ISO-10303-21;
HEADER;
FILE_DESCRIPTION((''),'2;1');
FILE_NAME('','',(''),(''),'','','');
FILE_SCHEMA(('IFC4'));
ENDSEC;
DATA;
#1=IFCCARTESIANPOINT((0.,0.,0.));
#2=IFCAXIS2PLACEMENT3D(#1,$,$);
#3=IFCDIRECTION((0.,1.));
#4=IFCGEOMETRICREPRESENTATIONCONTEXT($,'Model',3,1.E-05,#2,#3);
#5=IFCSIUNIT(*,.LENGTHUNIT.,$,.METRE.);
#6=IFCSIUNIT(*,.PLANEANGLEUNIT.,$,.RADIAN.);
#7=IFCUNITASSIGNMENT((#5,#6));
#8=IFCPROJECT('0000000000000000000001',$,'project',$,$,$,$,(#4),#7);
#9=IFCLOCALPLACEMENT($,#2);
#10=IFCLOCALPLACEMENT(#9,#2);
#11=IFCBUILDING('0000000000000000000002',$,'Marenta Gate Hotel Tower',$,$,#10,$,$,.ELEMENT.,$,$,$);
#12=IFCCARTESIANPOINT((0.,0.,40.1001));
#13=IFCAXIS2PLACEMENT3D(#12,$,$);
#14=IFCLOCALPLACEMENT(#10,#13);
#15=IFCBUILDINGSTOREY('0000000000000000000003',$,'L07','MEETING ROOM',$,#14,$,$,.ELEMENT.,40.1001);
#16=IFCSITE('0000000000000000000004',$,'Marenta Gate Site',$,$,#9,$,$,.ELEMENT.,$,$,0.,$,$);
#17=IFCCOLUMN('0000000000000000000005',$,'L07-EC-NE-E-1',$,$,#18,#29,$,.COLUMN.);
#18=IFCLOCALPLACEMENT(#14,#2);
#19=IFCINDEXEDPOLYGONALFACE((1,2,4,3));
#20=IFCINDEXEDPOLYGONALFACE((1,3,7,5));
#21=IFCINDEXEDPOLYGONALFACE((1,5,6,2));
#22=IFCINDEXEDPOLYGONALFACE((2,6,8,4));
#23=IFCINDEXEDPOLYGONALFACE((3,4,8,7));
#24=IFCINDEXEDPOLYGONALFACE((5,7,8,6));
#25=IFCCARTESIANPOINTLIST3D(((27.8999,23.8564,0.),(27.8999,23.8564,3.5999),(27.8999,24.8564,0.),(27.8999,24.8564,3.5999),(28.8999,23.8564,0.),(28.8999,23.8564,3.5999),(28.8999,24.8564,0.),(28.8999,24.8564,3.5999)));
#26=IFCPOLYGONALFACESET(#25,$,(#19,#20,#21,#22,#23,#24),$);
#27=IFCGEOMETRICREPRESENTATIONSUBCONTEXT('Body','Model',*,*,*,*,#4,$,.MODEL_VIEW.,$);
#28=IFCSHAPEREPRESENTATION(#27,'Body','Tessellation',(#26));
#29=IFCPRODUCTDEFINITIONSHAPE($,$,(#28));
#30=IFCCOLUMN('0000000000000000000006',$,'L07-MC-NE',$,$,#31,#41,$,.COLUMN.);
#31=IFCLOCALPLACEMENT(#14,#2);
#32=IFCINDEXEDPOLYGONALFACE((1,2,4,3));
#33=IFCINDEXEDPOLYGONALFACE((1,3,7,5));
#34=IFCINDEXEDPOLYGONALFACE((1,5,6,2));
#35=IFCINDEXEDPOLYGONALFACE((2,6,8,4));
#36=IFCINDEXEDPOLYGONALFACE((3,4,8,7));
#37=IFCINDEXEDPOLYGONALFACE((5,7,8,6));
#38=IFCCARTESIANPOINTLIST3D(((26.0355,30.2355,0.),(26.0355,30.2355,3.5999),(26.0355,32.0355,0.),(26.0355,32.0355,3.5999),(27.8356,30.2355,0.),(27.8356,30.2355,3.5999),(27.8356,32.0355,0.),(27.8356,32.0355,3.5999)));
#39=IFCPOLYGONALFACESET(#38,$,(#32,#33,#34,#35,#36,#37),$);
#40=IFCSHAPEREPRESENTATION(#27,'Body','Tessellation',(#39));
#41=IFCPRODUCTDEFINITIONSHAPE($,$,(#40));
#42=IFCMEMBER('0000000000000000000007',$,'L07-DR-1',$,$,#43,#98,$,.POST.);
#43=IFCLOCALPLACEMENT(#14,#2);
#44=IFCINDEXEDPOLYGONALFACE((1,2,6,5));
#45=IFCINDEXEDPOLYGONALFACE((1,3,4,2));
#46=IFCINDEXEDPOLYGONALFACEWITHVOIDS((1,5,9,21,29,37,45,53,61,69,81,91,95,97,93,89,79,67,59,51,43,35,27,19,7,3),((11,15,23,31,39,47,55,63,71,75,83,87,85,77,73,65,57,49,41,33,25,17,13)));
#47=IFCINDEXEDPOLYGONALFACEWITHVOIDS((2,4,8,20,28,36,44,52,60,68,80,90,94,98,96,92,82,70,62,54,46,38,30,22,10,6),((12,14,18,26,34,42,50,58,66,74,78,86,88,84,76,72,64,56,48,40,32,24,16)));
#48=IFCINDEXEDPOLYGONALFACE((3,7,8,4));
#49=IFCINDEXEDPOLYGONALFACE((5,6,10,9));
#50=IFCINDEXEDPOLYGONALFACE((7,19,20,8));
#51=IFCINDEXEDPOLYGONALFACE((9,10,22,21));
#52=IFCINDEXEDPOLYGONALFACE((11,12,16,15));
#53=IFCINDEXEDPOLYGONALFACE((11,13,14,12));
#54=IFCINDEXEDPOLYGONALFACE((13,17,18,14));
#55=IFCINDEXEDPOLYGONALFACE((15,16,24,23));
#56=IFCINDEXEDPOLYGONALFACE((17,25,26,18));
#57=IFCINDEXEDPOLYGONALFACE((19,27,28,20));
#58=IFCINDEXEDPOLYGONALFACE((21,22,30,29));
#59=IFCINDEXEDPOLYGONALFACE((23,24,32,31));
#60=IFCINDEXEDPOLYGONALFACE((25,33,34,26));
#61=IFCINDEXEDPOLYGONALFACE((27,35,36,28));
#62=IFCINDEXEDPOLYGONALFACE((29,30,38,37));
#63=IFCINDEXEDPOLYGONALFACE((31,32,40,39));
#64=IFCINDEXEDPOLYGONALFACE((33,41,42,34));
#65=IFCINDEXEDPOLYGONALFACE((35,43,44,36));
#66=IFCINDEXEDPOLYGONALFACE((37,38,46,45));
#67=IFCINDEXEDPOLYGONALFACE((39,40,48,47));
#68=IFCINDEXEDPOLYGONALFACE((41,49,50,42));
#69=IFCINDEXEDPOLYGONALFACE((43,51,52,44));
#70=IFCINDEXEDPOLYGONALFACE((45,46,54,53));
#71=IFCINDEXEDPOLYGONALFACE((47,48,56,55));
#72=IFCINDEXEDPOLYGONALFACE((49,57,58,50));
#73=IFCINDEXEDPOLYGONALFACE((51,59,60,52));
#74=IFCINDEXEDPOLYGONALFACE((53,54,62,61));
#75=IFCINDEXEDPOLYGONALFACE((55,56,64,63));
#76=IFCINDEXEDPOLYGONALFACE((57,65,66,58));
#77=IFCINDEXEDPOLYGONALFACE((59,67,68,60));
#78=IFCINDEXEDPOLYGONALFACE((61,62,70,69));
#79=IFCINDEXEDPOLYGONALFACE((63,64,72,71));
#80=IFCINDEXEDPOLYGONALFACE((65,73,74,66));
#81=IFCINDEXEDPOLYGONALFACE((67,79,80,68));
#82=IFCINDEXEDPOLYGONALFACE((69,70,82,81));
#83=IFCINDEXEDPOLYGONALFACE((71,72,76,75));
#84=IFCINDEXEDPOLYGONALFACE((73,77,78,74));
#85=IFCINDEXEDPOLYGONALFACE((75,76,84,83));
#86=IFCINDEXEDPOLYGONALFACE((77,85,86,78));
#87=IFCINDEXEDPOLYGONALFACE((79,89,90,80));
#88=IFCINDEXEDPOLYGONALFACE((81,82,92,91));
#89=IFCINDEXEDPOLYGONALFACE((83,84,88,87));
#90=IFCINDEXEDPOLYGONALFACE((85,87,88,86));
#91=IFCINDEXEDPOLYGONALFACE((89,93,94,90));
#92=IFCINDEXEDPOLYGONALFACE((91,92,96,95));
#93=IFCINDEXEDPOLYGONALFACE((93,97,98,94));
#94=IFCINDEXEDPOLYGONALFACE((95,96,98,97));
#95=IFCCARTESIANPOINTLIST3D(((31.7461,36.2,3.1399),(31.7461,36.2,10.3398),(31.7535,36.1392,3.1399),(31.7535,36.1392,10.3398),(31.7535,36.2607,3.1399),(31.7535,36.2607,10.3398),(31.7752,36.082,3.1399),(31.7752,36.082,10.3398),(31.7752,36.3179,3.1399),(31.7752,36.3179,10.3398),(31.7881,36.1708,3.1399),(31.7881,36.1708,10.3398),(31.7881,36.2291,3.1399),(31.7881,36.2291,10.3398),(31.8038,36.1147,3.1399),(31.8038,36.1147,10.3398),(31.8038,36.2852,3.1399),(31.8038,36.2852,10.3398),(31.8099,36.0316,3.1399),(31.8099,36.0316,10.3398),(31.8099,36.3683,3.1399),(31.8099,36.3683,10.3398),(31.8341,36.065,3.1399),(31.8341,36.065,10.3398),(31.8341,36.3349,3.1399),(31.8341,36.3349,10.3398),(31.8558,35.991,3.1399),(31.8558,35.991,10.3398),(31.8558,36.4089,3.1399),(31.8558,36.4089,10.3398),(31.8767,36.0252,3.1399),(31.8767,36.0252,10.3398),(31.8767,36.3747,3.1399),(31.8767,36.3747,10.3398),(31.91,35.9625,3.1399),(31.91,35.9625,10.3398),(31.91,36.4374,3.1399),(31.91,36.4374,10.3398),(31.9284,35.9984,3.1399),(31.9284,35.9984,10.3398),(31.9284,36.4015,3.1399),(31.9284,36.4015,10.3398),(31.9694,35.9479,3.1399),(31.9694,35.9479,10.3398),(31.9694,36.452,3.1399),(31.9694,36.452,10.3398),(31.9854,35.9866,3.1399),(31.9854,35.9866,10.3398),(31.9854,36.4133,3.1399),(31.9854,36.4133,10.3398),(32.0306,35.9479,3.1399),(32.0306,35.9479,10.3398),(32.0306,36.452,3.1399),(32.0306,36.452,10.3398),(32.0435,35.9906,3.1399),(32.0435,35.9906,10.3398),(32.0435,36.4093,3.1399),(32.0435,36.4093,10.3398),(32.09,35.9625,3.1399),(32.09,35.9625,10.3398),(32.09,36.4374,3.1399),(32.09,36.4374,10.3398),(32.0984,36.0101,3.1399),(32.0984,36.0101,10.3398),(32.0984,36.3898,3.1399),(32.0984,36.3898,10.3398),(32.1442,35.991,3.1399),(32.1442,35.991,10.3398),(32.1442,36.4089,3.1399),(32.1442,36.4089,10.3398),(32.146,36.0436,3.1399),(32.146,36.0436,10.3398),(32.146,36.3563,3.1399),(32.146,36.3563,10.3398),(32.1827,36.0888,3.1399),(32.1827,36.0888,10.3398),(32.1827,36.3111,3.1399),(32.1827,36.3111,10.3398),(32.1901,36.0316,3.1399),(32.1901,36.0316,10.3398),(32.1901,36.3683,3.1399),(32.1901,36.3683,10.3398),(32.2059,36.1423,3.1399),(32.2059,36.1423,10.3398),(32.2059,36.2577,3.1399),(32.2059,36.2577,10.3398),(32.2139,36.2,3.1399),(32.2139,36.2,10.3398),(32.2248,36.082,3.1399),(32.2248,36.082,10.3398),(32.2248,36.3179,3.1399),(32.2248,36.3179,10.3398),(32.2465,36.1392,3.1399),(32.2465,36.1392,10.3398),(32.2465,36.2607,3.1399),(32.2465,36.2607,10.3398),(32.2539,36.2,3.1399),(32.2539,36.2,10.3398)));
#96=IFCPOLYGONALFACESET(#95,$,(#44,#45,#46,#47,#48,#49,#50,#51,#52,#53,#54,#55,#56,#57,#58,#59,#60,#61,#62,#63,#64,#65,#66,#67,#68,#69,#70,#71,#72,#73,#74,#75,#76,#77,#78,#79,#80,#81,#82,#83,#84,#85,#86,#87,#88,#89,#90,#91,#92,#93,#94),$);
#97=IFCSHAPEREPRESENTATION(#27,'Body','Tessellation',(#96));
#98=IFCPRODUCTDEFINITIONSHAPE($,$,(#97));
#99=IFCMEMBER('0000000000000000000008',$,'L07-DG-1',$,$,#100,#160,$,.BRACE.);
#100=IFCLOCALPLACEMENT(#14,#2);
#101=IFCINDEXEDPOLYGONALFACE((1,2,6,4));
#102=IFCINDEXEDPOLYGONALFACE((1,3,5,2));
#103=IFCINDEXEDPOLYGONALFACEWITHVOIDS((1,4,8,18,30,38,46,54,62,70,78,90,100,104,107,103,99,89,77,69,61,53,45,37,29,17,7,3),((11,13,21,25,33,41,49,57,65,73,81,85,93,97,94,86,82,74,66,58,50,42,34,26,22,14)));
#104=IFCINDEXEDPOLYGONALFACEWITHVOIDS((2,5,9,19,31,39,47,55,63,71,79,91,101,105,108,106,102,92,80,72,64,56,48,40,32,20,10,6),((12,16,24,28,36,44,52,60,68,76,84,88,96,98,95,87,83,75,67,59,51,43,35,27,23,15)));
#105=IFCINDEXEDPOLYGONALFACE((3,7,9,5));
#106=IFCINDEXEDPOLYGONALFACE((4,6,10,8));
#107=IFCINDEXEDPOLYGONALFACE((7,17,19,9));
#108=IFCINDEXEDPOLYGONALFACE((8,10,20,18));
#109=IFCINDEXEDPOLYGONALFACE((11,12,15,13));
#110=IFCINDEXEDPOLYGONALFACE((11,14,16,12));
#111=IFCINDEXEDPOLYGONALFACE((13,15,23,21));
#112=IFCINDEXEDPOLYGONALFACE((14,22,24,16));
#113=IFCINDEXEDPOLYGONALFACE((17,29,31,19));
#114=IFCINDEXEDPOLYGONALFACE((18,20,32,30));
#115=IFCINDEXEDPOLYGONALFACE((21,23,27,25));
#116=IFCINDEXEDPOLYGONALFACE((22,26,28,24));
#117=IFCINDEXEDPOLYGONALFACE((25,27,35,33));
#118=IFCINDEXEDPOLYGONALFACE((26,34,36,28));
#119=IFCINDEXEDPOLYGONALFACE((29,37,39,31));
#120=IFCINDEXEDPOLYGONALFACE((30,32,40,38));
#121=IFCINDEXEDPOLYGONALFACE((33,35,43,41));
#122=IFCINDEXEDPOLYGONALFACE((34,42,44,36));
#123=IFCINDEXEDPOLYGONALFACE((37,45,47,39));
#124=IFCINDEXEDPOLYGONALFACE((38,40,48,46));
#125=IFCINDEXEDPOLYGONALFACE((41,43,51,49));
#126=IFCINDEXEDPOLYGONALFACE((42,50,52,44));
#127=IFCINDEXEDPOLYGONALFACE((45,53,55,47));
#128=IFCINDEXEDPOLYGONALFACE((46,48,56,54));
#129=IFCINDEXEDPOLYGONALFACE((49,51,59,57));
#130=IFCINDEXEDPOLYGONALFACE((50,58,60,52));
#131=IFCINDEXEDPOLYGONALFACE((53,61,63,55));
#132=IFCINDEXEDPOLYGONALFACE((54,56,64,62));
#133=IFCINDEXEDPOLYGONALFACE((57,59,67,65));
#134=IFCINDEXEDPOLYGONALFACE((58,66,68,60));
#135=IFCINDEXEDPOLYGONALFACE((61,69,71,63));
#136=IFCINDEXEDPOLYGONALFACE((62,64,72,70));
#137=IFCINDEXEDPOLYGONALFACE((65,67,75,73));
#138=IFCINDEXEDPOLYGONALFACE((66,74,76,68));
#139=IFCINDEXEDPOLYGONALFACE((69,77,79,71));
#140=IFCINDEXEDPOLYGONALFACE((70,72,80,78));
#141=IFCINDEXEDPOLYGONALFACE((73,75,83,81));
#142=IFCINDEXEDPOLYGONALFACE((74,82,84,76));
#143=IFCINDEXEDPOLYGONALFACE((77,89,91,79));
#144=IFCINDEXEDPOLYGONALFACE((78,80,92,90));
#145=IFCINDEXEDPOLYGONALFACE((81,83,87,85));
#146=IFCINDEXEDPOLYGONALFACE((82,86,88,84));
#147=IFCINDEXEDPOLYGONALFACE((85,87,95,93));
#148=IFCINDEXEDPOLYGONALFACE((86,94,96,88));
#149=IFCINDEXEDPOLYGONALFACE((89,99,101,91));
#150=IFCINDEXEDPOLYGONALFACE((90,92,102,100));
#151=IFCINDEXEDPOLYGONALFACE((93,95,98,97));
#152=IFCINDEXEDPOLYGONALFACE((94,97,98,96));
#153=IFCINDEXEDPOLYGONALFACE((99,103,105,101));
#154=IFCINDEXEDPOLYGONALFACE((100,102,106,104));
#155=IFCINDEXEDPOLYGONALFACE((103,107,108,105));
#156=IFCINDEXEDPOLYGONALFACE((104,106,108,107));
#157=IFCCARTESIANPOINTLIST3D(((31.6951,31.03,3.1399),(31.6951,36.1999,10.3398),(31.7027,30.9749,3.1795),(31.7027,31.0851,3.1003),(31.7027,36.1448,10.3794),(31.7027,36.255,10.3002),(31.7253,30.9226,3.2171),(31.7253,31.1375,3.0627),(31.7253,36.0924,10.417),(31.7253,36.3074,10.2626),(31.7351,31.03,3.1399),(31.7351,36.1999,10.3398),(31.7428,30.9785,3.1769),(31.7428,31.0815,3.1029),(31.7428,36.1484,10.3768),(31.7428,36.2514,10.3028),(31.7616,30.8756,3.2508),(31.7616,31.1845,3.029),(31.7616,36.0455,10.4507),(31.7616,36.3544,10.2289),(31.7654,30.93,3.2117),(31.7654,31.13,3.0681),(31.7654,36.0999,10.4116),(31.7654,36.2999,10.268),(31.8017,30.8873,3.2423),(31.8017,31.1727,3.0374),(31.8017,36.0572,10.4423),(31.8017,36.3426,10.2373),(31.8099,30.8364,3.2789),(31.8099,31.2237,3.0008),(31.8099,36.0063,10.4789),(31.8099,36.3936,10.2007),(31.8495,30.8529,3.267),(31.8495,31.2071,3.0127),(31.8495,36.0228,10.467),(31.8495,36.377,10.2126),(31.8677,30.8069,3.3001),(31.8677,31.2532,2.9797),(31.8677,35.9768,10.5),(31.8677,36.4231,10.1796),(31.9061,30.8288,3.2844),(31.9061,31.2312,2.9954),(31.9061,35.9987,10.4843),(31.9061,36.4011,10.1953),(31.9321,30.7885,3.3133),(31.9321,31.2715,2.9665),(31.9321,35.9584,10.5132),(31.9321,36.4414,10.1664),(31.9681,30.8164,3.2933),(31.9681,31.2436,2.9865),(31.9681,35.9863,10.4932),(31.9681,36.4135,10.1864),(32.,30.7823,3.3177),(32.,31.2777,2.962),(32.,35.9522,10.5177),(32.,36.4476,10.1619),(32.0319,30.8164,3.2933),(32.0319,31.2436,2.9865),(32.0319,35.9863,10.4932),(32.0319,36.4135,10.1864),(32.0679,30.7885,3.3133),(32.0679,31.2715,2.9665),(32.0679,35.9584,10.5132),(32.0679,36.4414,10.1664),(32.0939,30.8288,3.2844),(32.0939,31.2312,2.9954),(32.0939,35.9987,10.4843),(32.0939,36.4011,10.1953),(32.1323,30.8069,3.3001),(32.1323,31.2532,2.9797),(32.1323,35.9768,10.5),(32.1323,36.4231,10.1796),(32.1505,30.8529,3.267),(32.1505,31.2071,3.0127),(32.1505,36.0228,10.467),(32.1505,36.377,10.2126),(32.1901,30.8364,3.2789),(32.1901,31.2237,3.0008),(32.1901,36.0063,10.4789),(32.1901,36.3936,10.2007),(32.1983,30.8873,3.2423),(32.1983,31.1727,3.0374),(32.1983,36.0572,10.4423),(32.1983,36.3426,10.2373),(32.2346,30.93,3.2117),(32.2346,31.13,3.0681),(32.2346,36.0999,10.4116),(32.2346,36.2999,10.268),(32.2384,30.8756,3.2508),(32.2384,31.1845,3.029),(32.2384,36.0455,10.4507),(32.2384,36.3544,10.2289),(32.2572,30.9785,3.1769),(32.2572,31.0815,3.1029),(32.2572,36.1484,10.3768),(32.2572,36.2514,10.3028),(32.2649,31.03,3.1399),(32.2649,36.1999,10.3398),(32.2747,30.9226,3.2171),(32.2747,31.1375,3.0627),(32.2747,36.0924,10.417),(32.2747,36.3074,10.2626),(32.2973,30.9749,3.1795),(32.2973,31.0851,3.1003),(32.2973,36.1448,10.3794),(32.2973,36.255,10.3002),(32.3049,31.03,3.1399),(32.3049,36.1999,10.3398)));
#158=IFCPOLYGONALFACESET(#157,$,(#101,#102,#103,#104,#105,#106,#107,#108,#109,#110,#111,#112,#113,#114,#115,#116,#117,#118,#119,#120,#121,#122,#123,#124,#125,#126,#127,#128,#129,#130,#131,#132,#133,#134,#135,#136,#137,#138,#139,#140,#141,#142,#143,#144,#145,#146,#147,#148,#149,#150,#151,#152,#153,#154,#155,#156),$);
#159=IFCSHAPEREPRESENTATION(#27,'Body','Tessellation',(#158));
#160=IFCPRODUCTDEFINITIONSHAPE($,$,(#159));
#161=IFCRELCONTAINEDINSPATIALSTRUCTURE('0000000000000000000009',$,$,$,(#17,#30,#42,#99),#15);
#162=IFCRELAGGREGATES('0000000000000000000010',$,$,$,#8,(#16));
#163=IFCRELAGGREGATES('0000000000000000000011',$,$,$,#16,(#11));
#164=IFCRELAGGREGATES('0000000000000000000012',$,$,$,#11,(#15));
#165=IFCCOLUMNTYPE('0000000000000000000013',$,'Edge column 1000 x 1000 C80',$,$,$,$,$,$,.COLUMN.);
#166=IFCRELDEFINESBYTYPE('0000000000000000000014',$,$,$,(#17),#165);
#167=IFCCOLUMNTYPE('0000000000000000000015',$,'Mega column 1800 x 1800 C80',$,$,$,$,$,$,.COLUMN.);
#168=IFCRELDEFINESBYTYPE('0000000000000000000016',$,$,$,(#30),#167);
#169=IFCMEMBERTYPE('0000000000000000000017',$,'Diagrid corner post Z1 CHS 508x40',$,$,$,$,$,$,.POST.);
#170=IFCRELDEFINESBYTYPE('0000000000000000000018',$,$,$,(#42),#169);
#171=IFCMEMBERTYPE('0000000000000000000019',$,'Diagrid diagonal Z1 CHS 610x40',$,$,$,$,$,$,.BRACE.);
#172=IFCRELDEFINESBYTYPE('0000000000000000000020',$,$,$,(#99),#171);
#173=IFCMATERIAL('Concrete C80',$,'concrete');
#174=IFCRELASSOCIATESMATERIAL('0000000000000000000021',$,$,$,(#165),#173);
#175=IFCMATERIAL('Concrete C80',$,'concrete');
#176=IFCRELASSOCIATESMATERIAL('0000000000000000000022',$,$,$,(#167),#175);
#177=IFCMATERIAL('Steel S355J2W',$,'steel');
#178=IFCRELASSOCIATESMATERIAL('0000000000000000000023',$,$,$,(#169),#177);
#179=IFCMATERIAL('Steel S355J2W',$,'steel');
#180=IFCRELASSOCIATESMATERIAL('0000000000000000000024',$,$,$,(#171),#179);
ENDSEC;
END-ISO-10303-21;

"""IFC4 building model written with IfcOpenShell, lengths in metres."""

from ifc_helpers import new_model, si_unit, direction, frame, origin, origin_2d, place, context, subcontext, project, spatial, rectangle, hollow_circle, extrude, material, material_profile, profile_set, type_object, element, save


model = new_model("IFC4")

# Units and contexts
model_context = context("Model", 3, precision=1e-05, world=origin(), true_north=direction((0.0, 1.0)))
body_context = subcontext(model_context, "Body", "Model", "MODEL_VIEW")
ifc_project = project(units=[si_unit("LENGTHUNIT", "METRE"), si_unit("PLANEANGLEUNIT", "RADIAN")], contexts=[model_context])

# Site, building, storey
site_placement = place(None, origin())
site = spatial("IfcSite", under=ifc_project, at=site_placement, Name="Marenta Gate Site", CompositionType="ELEMENT", RefElevation=0.0)
building_placement = place(site_placement, origin())
building = spatial("IfcBuilding", under=site, at=building_placement, Name="Marenta Gate Hotel Tower", CompositionType="ELEMENT")
storey_placement = place(building_placement, frame((0.0, 0.0, 40.1001)))
storey = spatial("IfcBuildingStorey", under=building, at=storey_placement, Name="L07", Description="MEETING ROOM", CompositionType="ELEMENT", Elevation=40.1001)

# Columns
ifc_material_1 = material(Name="Concrete C80", Category="concrete")
ifc_material_profile_1 = material_profile(ifc_material_1, rectangle(XDim=1.0, YDim=1.0, at=origin_2d()), Name="1000 x 1000")
ifc_profile_set_1 = profile_set([ifc_material_profile_1], Name="Concrete C80")
column_type_1 = type_object("IfcColumnType", Name="Edge column 1000 x 1000 C80", PredefinedType="COLUMN", material=ifc_profile_set_1)
column_1_placement = place(storey_placement, frame((28.3999, 24.3564, 0.0), z_axis=(0.0, 0.0, 1.0), x_axis=(1.0, 0.0, 0.0)))
element("IfcColumn", 1, at=column_1_placement, inside=storey, type_object=column_type_1, Name="L07-EC-NE-E-1", PredefinedType="COLUMN", context=body_context, shape_type="SweptSolid", body=[
    extrude(rectangle(XDim=1.0, YDim=1.0, at=origin_2d()), origin(), (0.0, 0.0, 1.0), 3.5999),
])
ifc_material_2 = material(Name="Concrete C80", Category="concrete")
ifc_material_profile_2 = material_profile(ifc_material_2, rectangle(XDim=1.8, YDim=1.8, at=origin_2d()), Name="1800 x 1800")
ifc_profile_set_2 = profile_set([ifc_material_profile_2], Name="Concrete C80")
column_type_2 = type_object("IfcColumnType", Name="Mega column 1800 x 1800 C80", PredefinedType="COLUMN", material=ifc_profile_set_2)
column_2_placement = place(storey_placement, frame((26.9355, 31.1355, 0.0), z_axis=(0.0, 0.0, 1.0), x_axis=(1.0, 0.0, 0.0)))
element("IfcColumn", 2, at=column_2_placement, inside=storey, type_object=column_type_2, Name="L07-MC-NE", PredefinedType="COLUMN", context=body_context, shape_type="SweptSolid", body=[
    extrude(rectangle(XDim=1.8, YDim=1.8, at=origin_2d()), origin(), (0.0, 0.0, 1.0), 3.5999),
])

# Members
ifc_material_3 = material(Name="Steel S355J2W", Category="steel")
ifc_material_profile_3 = material_profile(ifc_material_3, hollow_circle(Radius=0.2539, WallThickness=0.04, at=origin_2d()), Name="CHS 508x40")
ifc_profile_set_3 = profile_set([ifc_material_profile_3], Name="Steel S355J2W")
member_type_1 = type_object("IfcMemberType", Name="Diagrid corner post Z1 CHS 508x40", PredefinedType="POST", material=ifc_profile_set_3)
member_1_placement = place(storey_placement, frame((32.0, 36.2, 3.1399), z_axis=(0.0, 0.0, 1.0), x_axis=(1.0, 0.0, 0.0)))
element("IfcMember", 3, at=member_1_placement, inside=storey, type_object=member_type_1, Name="L07-DR-1", PredefinedType="POST", context=body_context, shape_type="SweptSolid", body=[
    extrude(hollow_circle(Radius=0.2539, WallThickness=0.04, at=origin_2d()), origin(), (0.0, 0.0, 1.0), 7.2),
])
ifc_material_4 = material(Name="Steel S355J2W", Category="steel")
ifc_material_profile_4 = material_profile(ifc_material_4, hollow_circle(Radius=0.3049, WallThickness=0.04, at=origin_2d()), Name="CHS 610x40")
ifc_profile_set_4 = profile_set([ifc_material_profile_4], Name="Steel S355J2W")
member_type_2 = type_object("IfcMemberType", Name="Diagrid diagonal Z1 CHS 610x40", PredefinedType="BRACE", material=ifc_profile_set_4)
for number, where, z_axis, x_axis, name in (
    (4, (32.0, 31.03, 3.1399), (0.0, 0.583261, 0.812285), (-1.0, 0.0, 0.0), "L07-DG-1"),
):
    element("IfcMember", number, at=place(storey_placement, frame(where, z_axis=z_axis, x_axis=x_axis)), inside=storey, type_object=member_type_2, Name=name, PredefinedType="BRACE", context=body_context, shape_type="SweptSolid", body=[
        extrude(hollow_circle(Radius=0.3049, WallThickness=0.04, at=origin_2d()), origin(), (0.0, 0.0, 1.0), 8.8638),
    ])

save(model, "model.ifc")
